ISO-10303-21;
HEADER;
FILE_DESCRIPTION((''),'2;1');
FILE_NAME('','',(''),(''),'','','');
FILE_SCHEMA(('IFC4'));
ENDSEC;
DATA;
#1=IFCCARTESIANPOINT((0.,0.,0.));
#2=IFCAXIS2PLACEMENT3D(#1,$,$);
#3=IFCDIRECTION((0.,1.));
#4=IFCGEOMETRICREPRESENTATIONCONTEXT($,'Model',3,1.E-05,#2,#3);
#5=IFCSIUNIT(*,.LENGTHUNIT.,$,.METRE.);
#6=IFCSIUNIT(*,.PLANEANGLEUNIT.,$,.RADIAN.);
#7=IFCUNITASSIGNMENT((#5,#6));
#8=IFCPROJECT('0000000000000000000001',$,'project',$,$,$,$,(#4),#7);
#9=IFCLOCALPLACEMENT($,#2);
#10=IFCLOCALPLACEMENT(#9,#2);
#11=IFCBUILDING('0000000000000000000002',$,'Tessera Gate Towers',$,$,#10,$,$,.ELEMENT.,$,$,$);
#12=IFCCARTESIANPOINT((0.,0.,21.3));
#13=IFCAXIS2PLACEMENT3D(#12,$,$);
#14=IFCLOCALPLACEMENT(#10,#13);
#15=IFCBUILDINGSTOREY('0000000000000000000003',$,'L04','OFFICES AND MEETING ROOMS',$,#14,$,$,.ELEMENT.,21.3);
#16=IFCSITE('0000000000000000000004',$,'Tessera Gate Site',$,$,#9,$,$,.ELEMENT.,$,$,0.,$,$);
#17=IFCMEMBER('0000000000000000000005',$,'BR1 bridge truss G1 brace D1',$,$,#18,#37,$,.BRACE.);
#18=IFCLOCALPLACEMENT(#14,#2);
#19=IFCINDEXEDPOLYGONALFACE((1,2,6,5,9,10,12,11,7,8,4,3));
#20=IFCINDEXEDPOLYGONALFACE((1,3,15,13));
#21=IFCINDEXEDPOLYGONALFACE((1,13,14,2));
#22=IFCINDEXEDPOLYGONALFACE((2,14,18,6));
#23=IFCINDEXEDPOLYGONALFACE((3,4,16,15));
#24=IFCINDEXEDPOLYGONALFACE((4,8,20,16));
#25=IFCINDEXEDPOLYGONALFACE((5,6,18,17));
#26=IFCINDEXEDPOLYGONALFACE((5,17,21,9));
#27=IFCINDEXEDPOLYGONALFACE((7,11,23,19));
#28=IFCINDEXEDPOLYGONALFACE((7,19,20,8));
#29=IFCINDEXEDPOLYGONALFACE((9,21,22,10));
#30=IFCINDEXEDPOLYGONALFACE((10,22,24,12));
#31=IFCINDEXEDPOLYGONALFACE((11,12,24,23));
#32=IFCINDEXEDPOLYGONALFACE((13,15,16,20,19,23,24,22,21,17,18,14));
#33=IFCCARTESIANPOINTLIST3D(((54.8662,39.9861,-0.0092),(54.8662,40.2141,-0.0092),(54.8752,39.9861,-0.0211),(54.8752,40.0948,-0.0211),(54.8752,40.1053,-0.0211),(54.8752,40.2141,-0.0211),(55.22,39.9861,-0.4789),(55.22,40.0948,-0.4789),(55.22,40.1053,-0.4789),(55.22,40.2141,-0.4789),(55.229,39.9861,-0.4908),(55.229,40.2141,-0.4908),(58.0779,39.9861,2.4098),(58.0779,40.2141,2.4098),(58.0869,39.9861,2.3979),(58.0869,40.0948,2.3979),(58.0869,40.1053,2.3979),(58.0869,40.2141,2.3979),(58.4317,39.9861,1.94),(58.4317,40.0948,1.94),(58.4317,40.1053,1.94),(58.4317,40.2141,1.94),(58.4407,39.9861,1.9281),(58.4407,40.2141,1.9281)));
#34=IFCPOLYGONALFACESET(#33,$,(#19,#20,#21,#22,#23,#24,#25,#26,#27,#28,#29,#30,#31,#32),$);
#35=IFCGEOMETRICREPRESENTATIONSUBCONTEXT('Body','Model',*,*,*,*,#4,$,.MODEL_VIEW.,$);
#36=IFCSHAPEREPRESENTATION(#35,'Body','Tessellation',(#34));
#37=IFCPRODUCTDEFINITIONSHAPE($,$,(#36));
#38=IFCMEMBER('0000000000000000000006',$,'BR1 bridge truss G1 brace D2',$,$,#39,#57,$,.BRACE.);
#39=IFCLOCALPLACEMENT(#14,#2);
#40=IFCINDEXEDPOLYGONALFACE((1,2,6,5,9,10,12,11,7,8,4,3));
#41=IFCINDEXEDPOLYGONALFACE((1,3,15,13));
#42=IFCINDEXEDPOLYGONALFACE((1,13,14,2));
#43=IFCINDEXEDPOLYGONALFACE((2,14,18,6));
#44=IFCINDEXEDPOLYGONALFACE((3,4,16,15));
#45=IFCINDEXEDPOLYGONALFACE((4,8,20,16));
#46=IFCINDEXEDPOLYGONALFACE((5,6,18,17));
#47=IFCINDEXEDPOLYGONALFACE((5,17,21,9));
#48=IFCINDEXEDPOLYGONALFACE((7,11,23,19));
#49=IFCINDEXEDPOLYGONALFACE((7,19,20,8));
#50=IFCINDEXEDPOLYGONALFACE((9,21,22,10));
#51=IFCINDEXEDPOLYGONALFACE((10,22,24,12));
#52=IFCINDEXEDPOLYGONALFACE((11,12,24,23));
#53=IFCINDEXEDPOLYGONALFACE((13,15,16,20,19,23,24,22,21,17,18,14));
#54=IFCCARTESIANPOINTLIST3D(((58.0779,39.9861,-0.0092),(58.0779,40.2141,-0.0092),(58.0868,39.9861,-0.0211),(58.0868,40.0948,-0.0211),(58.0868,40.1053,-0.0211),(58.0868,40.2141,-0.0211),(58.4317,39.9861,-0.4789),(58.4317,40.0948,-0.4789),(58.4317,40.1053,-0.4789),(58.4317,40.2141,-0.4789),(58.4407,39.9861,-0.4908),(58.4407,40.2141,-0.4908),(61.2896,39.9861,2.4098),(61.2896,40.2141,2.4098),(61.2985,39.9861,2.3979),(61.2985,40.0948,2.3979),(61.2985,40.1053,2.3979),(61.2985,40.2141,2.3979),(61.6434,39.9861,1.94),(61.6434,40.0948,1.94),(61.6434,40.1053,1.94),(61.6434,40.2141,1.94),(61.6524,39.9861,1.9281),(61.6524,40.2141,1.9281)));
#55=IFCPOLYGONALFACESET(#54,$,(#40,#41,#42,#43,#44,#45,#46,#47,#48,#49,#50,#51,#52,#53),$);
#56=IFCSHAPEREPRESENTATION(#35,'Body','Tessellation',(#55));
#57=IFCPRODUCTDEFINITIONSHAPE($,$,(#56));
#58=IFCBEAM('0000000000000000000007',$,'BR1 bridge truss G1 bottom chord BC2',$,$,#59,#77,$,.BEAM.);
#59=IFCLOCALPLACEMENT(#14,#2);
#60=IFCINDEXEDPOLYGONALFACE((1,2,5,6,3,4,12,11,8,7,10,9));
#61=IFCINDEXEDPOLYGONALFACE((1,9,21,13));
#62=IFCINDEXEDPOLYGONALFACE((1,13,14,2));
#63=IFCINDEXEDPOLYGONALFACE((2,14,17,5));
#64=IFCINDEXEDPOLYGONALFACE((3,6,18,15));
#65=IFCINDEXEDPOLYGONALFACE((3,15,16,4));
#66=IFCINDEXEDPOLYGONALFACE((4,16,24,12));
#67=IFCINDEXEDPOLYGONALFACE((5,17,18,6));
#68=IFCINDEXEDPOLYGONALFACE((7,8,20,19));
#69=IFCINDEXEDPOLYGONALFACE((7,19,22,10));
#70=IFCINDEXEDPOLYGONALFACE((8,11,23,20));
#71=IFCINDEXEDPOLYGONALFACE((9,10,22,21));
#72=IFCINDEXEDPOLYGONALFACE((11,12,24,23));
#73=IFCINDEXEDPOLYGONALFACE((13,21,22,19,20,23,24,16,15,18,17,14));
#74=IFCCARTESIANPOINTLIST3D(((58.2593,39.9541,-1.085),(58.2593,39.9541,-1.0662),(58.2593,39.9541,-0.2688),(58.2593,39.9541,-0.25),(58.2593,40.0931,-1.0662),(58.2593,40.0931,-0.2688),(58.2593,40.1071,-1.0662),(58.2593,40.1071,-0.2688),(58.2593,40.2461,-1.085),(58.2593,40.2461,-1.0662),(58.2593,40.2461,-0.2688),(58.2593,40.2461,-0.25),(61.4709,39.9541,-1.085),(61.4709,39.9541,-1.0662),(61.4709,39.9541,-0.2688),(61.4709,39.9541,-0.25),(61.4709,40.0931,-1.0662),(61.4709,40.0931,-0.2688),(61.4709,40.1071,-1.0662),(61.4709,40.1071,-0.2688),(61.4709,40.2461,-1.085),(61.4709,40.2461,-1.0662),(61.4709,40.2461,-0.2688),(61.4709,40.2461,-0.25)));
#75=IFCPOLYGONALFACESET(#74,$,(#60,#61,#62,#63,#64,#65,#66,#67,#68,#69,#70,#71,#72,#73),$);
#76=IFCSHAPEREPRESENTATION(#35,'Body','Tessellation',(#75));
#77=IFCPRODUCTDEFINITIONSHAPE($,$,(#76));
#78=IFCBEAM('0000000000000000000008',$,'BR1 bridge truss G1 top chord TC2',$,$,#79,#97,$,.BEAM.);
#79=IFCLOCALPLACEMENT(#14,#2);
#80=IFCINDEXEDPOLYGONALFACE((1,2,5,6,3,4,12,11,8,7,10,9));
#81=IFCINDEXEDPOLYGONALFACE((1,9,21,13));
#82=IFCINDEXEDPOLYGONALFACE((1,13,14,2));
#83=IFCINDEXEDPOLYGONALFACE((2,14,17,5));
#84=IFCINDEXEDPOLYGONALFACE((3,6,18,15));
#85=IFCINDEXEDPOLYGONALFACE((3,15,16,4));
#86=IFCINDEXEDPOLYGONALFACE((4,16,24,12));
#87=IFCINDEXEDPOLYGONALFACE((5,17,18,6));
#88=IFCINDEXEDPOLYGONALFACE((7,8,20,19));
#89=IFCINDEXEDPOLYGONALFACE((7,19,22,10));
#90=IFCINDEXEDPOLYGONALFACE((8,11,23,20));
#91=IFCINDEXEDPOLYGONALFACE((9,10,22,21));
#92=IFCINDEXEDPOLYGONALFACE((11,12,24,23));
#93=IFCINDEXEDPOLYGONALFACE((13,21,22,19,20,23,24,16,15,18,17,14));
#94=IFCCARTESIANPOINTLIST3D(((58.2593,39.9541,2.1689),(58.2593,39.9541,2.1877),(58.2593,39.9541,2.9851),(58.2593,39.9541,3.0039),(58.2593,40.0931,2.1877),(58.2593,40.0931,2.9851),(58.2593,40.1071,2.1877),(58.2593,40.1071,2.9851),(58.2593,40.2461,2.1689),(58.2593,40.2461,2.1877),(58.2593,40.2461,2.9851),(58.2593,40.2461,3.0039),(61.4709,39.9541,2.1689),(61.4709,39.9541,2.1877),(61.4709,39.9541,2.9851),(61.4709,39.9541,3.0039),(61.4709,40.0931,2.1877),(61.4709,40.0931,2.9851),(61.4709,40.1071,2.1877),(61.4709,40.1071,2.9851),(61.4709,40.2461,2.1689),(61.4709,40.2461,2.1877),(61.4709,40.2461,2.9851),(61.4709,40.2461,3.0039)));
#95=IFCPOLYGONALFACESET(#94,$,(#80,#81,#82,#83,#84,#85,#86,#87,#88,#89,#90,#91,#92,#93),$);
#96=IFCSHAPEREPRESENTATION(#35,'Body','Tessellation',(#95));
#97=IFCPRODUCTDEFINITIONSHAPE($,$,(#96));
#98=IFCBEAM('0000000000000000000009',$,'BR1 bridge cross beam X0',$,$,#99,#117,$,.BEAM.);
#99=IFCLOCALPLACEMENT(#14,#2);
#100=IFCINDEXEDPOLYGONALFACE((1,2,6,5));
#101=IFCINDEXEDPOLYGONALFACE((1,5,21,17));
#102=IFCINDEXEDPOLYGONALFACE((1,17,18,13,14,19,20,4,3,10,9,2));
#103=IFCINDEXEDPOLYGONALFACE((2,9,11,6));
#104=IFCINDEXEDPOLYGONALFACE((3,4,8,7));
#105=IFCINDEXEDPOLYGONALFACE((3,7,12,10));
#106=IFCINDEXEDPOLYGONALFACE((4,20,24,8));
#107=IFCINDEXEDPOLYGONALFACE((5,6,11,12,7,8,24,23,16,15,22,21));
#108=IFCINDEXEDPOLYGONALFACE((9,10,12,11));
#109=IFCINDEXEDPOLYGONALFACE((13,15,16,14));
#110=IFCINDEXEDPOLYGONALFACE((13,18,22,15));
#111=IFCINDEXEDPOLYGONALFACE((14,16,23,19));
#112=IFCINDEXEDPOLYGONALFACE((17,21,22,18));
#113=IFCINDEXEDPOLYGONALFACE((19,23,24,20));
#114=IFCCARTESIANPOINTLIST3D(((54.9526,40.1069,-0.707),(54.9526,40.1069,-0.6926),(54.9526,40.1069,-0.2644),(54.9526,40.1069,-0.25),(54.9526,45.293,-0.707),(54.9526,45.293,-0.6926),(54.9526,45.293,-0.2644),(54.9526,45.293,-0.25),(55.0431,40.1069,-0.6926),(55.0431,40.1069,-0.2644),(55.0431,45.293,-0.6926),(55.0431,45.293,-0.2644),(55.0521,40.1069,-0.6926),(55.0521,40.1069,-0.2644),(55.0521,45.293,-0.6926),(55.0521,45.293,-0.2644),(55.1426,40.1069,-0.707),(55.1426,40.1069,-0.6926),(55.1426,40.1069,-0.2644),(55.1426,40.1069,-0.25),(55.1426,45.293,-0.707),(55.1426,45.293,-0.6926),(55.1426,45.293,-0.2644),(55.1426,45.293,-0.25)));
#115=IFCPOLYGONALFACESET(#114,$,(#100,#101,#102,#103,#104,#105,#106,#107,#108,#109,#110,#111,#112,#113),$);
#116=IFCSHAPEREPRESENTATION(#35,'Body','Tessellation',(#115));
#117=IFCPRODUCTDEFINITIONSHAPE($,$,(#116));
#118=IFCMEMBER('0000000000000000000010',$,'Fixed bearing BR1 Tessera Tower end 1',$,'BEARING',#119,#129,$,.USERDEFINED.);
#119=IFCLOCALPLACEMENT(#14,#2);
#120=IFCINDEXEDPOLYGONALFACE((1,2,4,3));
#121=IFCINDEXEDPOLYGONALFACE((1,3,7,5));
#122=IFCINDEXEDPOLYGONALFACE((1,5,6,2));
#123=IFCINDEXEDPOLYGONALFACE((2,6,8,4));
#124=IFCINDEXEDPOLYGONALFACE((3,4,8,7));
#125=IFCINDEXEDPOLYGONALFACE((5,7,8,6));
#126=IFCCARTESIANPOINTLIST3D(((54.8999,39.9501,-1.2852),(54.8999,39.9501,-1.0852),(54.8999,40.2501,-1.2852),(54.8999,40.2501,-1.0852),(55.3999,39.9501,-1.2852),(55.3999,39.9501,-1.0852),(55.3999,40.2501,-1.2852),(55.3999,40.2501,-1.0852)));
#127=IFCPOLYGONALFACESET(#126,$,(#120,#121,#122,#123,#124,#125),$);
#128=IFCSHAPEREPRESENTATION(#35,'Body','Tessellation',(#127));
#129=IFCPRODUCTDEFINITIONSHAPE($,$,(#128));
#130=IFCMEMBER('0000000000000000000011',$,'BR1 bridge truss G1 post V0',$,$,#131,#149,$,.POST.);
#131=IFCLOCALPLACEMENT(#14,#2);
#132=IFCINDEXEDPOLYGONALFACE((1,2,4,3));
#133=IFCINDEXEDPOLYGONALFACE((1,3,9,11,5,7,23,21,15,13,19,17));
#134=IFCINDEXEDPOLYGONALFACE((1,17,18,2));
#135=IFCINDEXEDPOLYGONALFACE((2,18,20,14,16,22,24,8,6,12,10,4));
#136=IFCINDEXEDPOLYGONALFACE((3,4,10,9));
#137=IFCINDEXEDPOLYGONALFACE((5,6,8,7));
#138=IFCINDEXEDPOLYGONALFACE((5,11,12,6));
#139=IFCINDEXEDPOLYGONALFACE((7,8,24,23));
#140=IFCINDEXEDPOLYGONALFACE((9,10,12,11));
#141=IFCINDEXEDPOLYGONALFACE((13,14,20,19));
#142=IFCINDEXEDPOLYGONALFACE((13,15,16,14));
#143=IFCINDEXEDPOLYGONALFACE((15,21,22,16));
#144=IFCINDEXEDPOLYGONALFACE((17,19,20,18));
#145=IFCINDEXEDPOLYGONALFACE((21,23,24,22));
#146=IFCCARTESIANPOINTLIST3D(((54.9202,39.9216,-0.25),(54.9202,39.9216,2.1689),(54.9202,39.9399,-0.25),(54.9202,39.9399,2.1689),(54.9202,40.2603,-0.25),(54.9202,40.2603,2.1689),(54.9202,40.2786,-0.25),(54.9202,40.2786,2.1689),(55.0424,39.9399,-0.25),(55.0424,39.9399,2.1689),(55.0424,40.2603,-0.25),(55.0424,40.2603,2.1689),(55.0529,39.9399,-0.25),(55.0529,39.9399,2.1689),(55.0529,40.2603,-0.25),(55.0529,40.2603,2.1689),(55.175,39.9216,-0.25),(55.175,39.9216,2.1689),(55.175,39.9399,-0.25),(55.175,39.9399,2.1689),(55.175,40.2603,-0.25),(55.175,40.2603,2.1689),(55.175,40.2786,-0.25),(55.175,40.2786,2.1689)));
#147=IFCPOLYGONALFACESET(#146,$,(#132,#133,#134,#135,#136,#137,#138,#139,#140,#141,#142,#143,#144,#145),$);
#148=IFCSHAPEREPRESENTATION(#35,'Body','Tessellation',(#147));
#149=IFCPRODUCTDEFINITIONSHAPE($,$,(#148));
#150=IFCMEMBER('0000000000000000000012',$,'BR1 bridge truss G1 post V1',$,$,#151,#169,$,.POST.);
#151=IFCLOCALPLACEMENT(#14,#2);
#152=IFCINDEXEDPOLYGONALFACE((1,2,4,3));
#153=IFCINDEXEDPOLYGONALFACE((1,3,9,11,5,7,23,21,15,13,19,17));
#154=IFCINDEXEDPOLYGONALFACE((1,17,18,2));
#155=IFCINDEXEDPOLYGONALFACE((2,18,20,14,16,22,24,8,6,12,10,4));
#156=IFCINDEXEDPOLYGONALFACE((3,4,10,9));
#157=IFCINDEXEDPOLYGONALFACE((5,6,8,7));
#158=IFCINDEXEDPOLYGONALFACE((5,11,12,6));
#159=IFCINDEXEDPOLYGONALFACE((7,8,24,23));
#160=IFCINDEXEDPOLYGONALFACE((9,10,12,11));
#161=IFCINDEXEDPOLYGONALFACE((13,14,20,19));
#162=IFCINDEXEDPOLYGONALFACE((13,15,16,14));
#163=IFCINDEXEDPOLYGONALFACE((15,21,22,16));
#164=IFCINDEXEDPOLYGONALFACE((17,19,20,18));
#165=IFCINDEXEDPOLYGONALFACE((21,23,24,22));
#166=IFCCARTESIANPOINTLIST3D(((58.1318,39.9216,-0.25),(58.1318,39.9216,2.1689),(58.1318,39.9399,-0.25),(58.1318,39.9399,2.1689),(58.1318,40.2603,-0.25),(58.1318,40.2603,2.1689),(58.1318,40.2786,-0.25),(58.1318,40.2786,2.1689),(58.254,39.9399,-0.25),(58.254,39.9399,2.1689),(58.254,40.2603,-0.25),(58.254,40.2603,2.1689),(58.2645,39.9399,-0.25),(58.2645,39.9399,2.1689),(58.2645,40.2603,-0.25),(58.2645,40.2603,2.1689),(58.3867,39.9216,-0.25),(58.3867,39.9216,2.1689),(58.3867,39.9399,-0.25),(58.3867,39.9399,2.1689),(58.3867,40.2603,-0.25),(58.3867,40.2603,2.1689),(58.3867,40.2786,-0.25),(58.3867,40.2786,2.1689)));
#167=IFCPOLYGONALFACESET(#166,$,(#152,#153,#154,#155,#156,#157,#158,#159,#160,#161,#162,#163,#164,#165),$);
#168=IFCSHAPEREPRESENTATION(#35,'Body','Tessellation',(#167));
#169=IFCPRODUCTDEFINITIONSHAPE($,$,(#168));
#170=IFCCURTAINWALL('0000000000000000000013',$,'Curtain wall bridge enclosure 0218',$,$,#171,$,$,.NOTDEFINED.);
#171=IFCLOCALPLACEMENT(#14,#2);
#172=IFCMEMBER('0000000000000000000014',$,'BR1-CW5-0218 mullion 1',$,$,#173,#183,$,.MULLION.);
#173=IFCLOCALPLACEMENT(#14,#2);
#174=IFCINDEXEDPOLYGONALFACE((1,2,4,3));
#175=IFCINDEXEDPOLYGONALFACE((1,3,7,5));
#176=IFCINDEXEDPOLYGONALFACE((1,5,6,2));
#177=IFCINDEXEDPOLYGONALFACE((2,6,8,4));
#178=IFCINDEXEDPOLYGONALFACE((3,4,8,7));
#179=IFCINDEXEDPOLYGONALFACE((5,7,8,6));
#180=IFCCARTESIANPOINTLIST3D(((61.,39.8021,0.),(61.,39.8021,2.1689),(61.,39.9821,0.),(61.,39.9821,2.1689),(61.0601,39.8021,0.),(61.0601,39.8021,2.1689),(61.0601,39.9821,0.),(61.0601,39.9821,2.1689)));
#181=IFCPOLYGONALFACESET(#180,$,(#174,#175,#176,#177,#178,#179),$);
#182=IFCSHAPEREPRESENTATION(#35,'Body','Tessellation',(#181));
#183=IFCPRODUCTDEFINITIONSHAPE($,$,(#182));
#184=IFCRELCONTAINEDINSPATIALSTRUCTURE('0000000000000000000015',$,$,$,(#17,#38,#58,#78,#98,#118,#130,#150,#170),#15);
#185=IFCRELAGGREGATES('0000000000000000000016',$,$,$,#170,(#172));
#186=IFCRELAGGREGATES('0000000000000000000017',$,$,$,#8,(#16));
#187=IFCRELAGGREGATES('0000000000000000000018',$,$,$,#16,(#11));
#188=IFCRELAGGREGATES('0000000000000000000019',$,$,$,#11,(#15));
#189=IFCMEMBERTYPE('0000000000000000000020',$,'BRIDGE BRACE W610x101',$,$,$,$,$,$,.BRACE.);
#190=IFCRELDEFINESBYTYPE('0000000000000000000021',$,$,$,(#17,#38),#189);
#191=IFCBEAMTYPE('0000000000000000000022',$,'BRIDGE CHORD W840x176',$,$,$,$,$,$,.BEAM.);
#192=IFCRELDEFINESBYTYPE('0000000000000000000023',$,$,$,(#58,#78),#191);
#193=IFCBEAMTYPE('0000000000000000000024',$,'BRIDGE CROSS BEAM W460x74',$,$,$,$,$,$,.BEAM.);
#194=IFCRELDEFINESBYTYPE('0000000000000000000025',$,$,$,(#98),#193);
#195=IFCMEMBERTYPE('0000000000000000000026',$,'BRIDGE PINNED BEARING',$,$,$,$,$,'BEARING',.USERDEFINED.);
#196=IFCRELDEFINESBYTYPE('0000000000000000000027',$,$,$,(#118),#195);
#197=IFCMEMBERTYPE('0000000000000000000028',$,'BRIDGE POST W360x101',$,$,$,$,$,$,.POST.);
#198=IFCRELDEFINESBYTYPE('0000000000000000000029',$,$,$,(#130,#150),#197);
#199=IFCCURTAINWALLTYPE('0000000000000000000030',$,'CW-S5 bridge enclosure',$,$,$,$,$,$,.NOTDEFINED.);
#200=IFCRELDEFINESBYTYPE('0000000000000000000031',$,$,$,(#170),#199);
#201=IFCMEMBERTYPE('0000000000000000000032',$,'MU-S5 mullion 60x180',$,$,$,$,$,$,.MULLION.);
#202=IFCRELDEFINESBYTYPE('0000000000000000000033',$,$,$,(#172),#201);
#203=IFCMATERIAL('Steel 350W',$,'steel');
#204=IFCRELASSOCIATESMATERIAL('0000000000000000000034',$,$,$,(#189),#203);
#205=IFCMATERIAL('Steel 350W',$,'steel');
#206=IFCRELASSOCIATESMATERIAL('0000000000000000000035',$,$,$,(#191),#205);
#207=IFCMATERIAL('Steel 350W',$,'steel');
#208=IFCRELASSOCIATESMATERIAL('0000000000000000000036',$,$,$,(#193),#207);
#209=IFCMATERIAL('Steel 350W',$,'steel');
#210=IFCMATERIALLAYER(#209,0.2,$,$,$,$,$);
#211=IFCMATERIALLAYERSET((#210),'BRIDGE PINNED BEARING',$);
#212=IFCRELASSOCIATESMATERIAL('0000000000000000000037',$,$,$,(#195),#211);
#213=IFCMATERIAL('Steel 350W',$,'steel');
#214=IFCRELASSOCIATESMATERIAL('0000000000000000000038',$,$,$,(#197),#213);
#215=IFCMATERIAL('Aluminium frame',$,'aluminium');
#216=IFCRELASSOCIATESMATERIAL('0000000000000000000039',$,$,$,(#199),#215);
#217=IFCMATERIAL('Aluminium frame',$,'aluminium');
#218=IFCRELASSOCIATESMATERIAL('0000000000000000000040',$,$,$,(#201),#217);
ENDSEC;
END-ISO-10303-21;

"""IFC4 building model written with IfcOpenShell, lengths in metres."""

from ifc_helpers import new_model, si_unit, direction, frame, origin, origin_2d, place, context, subcontext, project, spatial, rectangle, i_section, extrude, material, layer, layer_set, material_profile, profile_set, type_object, element, aggregate, save


model = new_model("IFC4")

# Units and contexts
model_context = context("Model", 3, precision=1e-05, world=origin(), true_north=direction((0.0, 1.0)))
body_context = subcontext(model_context, "Body", "Model", "MODEL_VIEW")
ifc_project = project(units=[si_unit("LENGTHUNIT", "METRE"), si_unit("PLANEANGLEUNIT", "RADIAN")], contexts=[model_context])

# Site, building, storey
site_placement = place(None, origin())
site = spatial("IfcSite", under=ifc_project, at=site_placement, Name="Tessera Gate Site", CompositionType="ELEMENT", RefElevation=0.0)
building_placement = place(site_placement, origin())
building = spatial("IfcBuilding", under=site, at=building_placement, Name="Tessera Gate Towers", CompositionType="ELEMENT")
storey_placement = place(building_placement, frame((0.0, 0.0, 21.3)))
storey = spatial("IfcBuildingStorey", under=building, at=storey_placement, Name="L04", Description="OFFICES AND MEETING ROOMS", CompositionType="ELEMENT", Elevation=21.3)

# Members
ifc_material_1 = material(Name="Steel 350W", Category="steel")
ifc_material_profile_1 = material_profile(ifc_material_1, i_section(OverallWidth=0.228, OverallDepth=0.603, WebThickness=0.0105, FlangeThickness=0.0149, at=origin_2d()), Name="W610x101")
ifc_profile_set_1 = profile_set([ifc_material_profile_1], Name="Steel 350W")
member_type_1 = type_object("IfcMemberType", Name="BRIDGE BRACE W610x101", PredefinedType="BRACE", material=ifc_profile_set_1)
for number, where, z_axis, x_axis, name in (
    (1, (55.0476, 40.1001, -0.25), (0.798782, 0.0, 0.601621), (0.0, 1.0, 0.0), "BR1 bridge truss G1 brace D1"),
    (2, (58.2593, 40.1001, -0.25), (0.798782, 0.0, 0.601621), (0.0, 1.0, 0.0), "BR1 bridge truss G1 brace D2"),
):
    element("IfcMember", number, at=place(storey_placement, frame(where, z_axis=z_axis, x_axis=x_axis)), inside=storey, type_object=member_type_1, Name=name, PredefinedType="BRACE", context=body_context, shape_type="SweptSolid", body=[
        extrude(i_section(OverallWidth=0.228, OverallDepth=0.603, WebThickness=0.0105, FlangeThickness=0.0149, at=origin_2d()), origin(), (0.0, 0.0, 1.0), 4.0208),
    ])

# Beams
ifc_material_2 = material(Name="Steel 350W", Category="steel")
ifc_material_profile_2 = material_profile(ifc_material_2, i_section(OverallWidth=0.292, OverallDepth=0.835, WebThickness=0.0139, FlangeThickness=0.0188, at=origin_2d()), Name="W840x176")
ifc_profile_set_2 = profile_set([ifc_material_profile_2], Name="Steel 350W")
beam_type_1 = type_object("IfcBeamType", Name="BRIDGE CHORD W840x176", PredefinedType="BEAM", material=ifc_profile_set_2)
for number, where, z_axis, x_axis, name in (
    (3, (58.2593, 40.1001, -0.6675), (1.0, 0.0, 0.0), (0.0, 1.0, 0.0), "BR1 bridge truss G1 bottom chord BC2"),
    (4, (58.2593, 40.1001, 2.5864), (1.0, 0.0, 0.0), (0.0, 1.0, 0.0), "BR1 bridge truss G1 top chord TC2"),
):
    element("IfcBeam", number, at=place(storey_placement, frame(where, z_axis=z_axis, x_axis=x_axis)), inside=storey, type_object=beam_type_1, Name=name, PredefinedType="BEAM", context=body_context, shape_type="SweptSolid", body=[
        extrude(i_section(OverallWidth=0.292, OverallDepth=0.835, WebThickness=0.0139, FlangeThickness=0.0188, at=origin_2d()), origin(), (0.0, 0.0, 1.0), 3.2117),
    ])
ifc_material_3 = material(Name="Steel 350W", Category="steel")
ifc_material_profile_3 = material_profile(ifc_material_3, i_section(OverallWidth=0.1899, OverallDepth=0.457, WebThickness=0.009, FlangeThickness=0.0144, at=origin_2d()), Name="W460x74")
ifc_profile_set_3 = profile_set([ifc_material_profile_3], Name="Steel 350W")
beam_type_2 = type_object("IfcBeamType", Name="BRIDGE CROSS BEAM W460x74", PredefinedType="BEAM", material=ifc_profile_set_3)
beam_placement = place(storey_placement, frame((55.0476, 40.1069, -0.4785), z_axis=(0.0, 1.0, 0.0), x_axis=(-1.0, 0.0, 0.0)))
element("IfcBeam", 5, at=beam_placement, inside=storey, type_object=beam_type_2, Name="BR1 bridge cross beam X0", PredefinedType="BEAM", context=body_context, shape_type="SweptSolid", body=[
    extrude(i_section(OverallWidth=0.1899, OverallDepth=0.457, WebThickness=0.009, FlangeThickness=0.0144, at=origin_2d()), origin(), (0.0, 0.0, 1.0), 5.186),
])

# Members
ifc_material_4 = material(Name="Steel 350W", Category="steel")
ifc_layer_1 = layer(ifc_material_4, 0.2)
ifc_layer_set_1 = layer_set([ifc_layer_1], Name="BRIDGE PINNED BEARING")
member_type_2 = type_object("IfcMemberType", Name="BRIDGE PINNED BEARING", ElementType="BEARING", PredefinedType="USERDEFINED", material=ifc_layer_set_1)
member_1_placement = place(storey_placement, frame((55.1499, 40.1001, -1.2852), z_axis=(0.0, 0.0, 1.0), x_axis=(1.0, 0.0, 0.0)))
element("IfcMember", 6, at=member_1_placement, inside=storey, type_object=member_type_2, Name="Fixed bearing BR1 Tessera Tower end 1", ObjectType="BEARING", PredefinedType="USERDEFINED", context=body_context, shape_type="SweptSolid", body=[
    extrude(rectangle(XDim=0.5, YDim=0.3, at=origin_2d()), origin(), (0.0, 0.0, 1.0), 0.2),
])
ifc_material_5 = material(Name="Steel 350W", Category="steel")
ifc_material_profile_4 = material_profile(ifc_material_5, i_section(OverallWidth=0.2549, OverallDepth=0.3569, WebThickness=0.0105, FlangeThickness=0.0183, at=origin_2d()), Name="W360x101")
ifc_profile_set_4 = profile_set([ifc_material_profile_4], Name="Steel 350W")
member_type_3 = type_object("IfcMemberType", Name="BRIDGE POST W360x101", PredefinedType="POST", material=ifc_profile_set_4)
for number, where, z_axis, x_axis, name in (
    (7, (55.0476, 40.1001, -0.25), (0.0, 0.0, 1.0), (1.0, 0.0, 0.0), "BR1 bridge truss G1 post V0"),
    (8, (58.2593, 40.1001, -0.25), (0.0, 0.0, 1.0), (1.0, 0.0, 0.0), "BR1 bridge truss G1 post V1"),
):
    element("IfcMember", number, at=place(storey_placement, frame(where, z_axis=z_axis, x_axis=x_axis)), inside=storey, type_object=member_type_3, Name=name, PredefinedType="POST", context=body_context, shape_type="SweptSolid", body=[
        extrude(i_section(OverallWidth=0.2549, OverallDepth=0.3569, WebThickness=0.0105, FlangeThickness=0.0183, at=origin_2d()), origin(), (0.0, 0.0, 1.0), 2.4189),
    ])

# Curtain wall, member
ifc_material_6 = material(Name="Aluminium frame", Category="aluminium")
curtain_wall_type = type_object("IfcCurtainWallType", Name="CW-S5 bridge enclosure", PredefinedType="NOTDEFINED", material=ifc_material_6)
curtain_wall_placement = place(storey_placement, origin())
curtain_wall = element("IfcCurtainWall", 9, at=curtain_wall_placement, inside=storey, type_object=curtain_wall_type, Name="Curtain wall bridge enclosure 0218", PredefinedType="NOTDEFINED")
ifc_material_7 = material(Name="Aluminium frame", Category="aluminium")
ifc_material_profile_5 = material_profile(ifc_material_7, rectangle(XDim=0.0601, YDim=0.1799, at=origin_2d()), Name="AL 60x180")
ifc_profile_set_5 = profile_set([ifc_material_profile_5], Name="Aluminium frame")
member_type_4 = type_object("IfcMemberType", Name="MU-S5 mullion 60x180", PredefinedType="MULLION", material=ifc_profile_set_5)
member_2_placement = place(storey_placement, frame((61.03, 39.8921, 0.0), z_axis=(0.0, 0.0, 1.0), x_axis=(1.0, 0.0, 0.0)))
member_2 = element("IfcMember", 10, at=member_2_placement, type_object=member_type_4, Name="BR1-CW5-0218 mullion 1", PredefinedType="MULLION", context=body_context, shape_type="SweptSolid", body=[
    extrude(rectangle(XDim=0.0601, YDim=0.1799, at=origin_2d()), origin(), (0.0, 0.0, 1.0), 2.1689),
])
aggregate(curtain_wall, [member_2])

save(model, "model.ifc")
